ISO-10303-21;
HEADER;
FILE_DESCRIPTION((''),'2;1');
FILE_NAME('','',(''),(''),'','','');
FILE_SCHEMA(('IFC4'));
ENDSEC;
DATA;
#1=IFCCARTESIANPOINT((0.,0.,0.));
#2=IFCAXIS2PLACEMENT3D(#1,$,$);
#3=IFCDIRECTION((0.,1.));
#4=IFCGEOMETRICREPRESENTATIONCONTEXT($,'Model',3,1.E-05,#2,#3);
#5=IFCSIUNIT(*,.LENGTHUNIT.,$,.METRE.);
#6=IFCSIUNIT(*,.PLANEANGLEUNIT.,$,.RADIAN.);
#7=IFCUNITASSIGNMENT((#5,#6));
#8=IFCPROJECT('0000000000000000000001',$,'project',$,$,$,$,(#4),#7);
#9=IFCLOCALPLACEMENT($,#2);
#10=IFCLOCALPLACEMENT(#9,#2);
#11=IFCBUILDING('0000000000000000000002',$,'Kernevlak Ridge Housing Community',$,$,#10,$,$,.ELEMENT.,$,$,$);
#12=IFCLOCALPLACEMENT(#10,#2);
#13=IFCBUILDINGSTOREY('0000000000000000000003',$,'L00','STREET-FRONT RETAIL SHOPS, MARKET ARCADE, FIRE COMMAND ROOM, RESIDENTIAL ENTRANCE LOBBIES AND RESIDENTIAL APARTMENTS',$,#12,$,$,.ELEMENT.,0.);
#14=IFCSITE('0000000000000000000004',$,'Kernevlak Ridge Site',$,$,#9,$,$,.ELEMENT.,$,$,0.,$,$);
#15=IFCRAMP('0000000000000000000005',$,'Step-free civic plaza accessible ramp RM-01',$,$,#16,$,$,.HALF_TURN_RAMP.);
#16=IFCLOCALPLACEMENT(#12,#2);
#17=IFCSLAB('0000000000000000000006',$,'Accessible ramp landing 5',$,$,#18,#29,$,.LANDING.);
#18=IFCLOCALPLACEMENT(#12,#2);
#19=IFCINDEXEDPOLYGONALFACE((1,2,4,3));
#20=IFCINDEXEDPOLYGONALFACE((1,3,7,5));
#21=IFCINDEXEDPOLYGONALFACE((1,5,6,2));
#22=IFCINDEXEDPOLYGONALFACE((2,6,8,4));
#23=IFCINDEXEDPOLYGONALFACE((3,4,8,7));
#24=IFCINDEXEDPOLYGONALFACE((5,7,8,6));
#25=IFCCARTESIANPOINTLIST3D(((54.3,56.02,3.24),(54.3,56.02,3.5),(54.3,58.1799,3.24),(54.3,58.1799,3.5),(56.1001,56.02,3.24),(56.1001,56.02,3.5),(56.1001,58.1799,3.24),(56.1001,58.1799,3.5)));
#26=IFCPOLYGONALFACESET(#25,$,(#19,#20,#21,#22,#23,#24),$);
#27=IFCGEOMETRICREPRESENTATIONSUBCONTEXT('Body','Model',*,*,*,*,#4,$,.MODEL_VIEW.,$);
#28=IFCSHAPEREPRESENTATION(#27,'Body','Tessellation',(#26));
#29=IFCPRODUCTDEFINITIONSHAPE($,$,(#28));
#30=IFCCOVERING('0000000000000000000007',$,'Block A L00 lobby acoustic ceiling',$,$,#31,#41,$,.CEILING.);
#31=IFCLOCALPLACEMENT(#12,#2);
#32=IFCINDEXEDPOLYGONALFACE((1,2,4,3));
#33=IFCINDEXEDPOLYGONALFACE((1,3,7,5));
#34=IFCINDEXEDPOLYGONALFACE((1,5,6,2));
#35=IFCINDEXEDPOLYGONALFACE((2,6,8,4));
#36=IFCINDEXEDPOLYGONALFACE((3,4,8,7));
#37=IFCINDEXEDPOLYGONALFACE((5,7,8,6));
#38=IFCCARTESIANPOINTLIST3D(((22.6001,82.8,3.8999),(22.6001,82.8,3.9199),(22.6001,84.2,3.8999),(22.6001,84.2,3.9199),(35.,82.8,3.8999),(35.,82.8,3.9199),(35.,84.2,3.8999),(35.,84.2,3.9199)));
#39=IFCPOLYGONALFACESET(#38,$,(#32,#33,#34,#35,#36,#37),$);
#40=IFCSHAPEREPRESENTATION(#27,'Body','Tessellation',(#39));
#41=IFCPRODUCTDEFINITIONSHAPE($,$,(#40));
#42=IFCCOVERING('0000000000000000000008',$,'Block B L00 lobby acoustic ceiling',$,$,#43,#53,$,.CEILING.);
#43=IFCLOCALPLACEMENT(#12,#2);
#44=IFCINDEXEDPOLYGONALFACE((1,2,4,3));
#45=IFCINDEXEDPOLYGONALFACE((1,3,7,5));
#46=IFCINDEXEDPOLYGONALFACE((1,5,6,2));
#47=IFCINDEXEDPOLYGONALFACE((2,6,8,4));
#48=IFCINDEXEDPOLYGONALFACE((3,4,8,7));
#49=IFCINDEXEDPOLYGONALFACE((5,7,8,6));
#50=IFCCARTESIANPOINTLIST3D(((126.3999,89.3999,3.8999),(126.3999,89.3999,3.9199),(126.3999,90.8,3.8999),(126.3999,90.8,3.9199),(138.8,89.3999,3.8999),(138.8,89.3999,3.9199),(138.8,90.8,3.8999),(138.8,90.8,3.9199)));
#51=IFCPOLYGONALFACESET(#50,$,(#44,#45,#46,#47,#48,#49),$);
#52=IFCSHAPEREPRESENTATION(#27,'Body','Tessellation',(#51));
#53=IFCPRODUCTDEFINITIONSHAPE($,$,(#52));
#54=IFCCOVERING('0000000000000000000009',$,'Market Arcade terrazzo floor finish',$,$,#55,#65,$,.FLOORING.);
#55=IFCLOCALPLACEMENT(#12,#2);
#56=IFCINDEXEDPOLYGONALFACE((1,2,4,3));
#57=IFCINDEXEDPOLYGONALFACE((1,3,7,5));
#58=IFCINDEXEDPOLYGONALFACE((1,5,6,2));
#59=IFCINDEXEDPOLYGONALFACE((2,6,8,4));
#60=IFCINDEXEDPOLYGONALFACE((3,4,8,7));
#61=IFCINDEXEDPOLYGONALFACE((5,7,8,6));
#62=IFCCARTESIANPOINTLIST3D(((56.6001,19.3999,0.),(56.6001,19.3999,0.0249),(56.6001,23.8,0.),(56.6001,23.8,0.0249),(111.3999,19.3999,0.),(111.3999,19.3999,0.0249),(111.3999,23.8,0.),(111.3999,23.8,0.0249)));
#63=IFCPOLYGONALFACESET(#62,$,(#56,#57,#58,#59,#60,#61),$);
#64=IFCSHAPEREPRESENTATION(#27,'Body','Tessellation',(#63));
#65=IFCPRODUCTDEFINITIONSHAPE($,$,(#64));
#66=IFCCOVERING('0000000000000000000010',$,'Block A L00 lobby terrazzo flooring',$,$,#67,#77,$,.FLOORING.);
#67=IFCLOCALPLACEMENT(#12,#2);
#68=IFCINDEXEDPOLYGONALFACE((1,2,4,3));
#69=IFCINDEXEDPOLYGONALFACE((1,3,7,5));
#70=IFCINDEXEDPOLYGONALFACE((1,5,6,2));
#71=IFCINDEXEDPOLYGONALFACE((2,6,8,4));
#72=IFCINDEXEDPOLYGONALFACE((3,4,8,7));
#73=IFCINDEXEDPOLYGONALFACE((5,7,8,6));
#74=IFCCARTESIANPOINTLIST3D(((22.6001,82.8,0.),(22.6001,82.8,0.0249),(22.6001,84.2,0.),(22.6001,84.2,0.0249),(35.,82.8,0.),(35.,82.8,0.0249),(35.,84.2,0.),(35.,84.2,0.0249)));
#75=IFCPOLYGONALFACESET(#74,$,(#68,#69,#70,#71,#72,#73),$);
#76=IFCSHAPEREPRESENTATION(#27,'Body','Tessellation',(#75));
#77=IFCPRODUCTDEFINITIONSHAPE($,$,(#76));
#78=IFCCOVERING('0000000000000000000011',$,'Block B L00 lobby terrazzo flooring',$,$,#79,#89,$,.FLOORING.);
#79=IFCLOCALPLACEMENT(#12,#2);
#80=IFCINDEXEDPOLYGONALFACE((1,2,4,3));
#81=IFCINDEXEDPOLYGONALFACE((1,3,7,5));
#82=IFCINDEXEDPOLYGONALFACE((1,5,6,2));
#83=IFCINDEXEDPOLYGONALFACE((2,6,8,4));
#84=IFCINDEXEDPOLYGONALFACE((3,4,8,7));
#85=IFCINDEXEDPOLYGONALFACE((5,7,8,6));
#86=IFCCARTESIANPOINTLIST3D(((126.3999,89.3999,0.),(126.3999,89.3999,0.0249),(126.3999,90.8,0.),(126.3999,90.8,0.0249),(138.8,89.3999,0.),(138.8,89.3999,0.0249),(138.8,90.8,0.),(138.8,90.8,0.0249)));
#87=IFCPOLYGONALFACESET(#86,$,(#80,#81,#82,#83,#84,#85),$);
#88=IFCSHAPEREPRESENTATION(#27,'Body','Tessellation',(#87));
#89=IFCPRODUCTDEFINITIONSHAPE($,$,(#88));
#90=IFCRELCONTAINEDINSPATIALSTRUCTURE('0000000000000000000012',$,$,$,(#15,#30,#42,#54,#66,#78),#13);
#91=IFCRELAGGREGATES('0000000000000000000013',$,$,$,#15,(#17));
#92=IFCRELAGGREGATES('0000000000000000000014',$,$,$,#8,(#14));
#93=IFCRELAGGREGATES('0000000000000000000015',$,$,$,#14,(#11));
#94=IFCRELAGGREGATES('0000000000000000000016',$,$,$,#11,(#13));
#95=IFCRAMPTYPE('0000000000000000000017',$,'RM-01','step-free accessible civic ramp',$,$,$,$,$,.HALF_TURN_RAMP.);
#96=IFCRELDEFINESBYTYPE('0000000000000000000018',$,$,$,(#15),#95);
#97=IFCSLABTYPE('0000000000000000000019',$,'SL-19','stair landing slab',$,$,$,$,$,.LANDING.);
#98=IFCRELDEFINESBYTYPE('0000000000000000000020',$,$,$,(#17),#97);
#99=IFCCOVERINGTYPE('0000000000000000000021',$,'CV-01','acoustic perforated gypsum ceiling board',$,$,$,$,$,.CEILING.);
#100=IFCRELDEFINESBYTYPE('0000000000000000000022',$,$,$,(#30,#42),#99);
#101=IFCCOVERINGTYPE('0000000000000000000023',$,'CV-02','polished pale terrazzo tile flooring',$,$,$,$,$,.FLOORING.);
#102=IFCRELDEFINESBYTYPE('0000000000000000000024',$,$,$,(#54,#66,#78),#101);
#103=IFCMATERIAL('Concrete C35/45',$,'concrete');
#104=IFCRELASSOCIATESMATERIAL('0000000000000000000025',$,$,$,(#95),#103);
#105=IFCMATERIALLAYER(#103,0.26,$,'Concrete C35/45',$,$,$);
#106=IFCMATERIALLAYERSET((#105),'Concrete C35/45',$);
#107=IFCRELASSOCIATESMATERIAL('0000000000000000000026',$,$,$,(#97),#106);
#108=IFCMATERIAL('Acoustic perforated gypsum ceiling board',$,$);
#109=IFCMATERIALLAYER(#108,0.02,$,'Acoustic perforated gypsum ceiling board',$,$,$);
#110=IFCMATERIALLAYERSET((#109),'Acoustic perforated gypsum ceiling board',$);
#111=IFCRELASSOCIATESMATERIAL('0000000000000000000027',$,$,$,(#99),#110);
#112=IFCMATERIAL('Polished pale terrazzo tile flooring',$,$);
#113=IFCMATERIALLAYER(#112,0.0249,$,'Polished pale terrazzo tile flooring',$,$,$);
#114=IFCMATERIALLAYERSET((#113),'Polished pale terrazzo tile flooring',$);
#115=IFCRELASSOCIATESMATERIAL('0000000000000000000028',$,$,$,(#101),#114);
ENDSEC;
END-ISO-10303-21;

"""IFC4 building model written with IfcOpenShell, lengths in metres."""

from ifc_helpers import new_model, si_unit, direction, frame, origin, place, context, subcontext, project, spatial, polyline, outline, extrude, material, layer, layer_set, type_object, element, aggregate, save


model = new_model("IFC4")

# Units and contexts
model_context = context("Model", 3, precision=1e-05, world=origin(), true_north=direction((0.0, 1.0)))
body_context = subcontext(model_context, "Body", "Model", "MODEL_VIEW")
ifc_project = project(units=[si_unit("LENGTHUNIT", "METRE"), si_unit("PLANEANGLEUNIT", "RADIAN")], contexts=[model_context])

# Site, building, storey
site_placement = place(None, origin())
site = spatial("IfcSite", under=ifc_project, at=site_placement, Name="Kernevlak Ridge Site", CompositionType="ELEMENT", RefElevation=0.0)
building_placement = place(site_placement, origin())
building = spatial("IfcBuilding", under=site, at=building_placement, Name="Kernevlak Ridge Housing Community", CompositionType="ELEMENT")
storey_placement = place(building_placement, origin())
storey = spatial("IfcBuildingStorey", under=building, at=storey_placement, Name="L00", Description="STREET-FRONT RETAIL SHOPS, MARKET ARCADE, FIRE COMMAND ROOM, RESIDENTIAL ENTRANCE LOBBIES AND RESIDENTIAL APARTMENTS", CompositionType="ELEMENT", Elevation=0.0)

# Shared definitions
ifc_material_1 = material(Name="Concrete C35/45", Category="concrete")

# Ramp, slab
ramp_type = type_object("IfcRampType", Name="RM-01", Description="step-free accessible civic ramp", PredefinedType="HALF_TURN_RAMP", material=ifc_material_1)
ramp_placement = place(storey_placement, origin())
ramp = element("IfcRamp", 1, at=ramp_placement, inside=storey, type_object=ramp_type, Name="Step-free civic plaza accessible ramp RM-01", PredefinedType="HALF_TURN_RAMP")
ifc_layer_1 = layer(ifc_material_1, 0.26, Name="Concrete C35/45")
ifc_layer_set_1 = layer_set([ifc_layer_1], Name="Concrete C35/45")
slab_type_1 = type_object("IfcSlabType", Name="SL-19", Description="stair landing slab", PredefinedType="LANDING", material=ifc_layer_set_1)
slab_1_placement = place(storey_placement, frame((0.0, 0.0, 3.24)))
slab_1 = element("IfcSlab", 2, at=slab_1_placement, type_object=slab_type_1, Name="Accessible ramp landing 5", PredefinedType="LANDING", context=body_context, shape_type="SweptSolid", body=[
    extrude(outline(polyline([(54.3, 56.02), (56.1001, 56.02), (56.1001, 58.1799), (54.3, 58.1799), (54.3, 56.02)])), origin(), (0.0, 0.0, 1.0), 0.26),
])
aggregate(ramp, [slab_1])

# Coverings
ifc_material_2 = material(Name="Acoustic perforated gypsum ceiling board")
ifc_layer_2 = layer(ifc_material_2, 0.02, Name="Acoustic perforated gypsum ceiling board")
ifc_layer_set_2 = layer_set([ifc_layer_2], Name="Acoustic perforated gypsum ceiling board")
covering_type_1 = type_object("IfcCoveringType", Name="CV-01", Description="acoustic perforated gypsum ceiling board", PredefinedType="CEILING", material=ifc_layer_set_2)
covering_1_placement = place(storey_placement, frame((0.0, 0.0, 3.8999)))
element("IfcCovering", 3, at=covering_1_placement, inside=storey, type_object=covering_type_1, Name="Block A L00 lobby acoustic ceiling", PredefinedType="CEILING", context=body_context, shape_type="SweptSolid", body=[
    extrude(outline(polyline([(22.6001, 82.8), (35.0, 82.8), (35.0, 84.2), (22.6001, 84.2), (22.6001, 82.8)])), origin(), (0.0, 0.0, 1.0), 0.02),
])
covering_2_placement = place(storey_placement, frame((0.0, 0.0, 3.8999)))
element("IfcCovering", 4, at=covering_2_placement, inside=storey, type_object=covering_type_1, Name="Block B L00 lobby acoustic ceiling", PredefinedType="CEILING", context=body_context, shape_type="SweptSolid", body=[
    extrude(outline(polyline([(126.3999, 89.3999), (138.8, 89.3999), (138.8, 90.8), (126.3999, 90.8), (126.3999, 89.3999)])), origin(), (0.0, 0.0, 1.0), 0.02),
])
ifc_material_3 = material(Name="Polished pale terrazzo tile flooring")
ifc_layer_3 = layer(ifc_material_3, 0.0249, Name="Polished pale terrazzo tile flooring")
ifc_layer_set_3 = layer_set([ifc_layer_3], Name="Polished pale terrazzo tile flooring")
covering_type_2 = type_object("IfcCoveringType", Name="CV-02", Description="polished pale terrazzo tile flooring", PredefinedType="FLOORING", material=ifc_layer_set_3)
covering_3_placement = place(storey_placement, origin())
element("IfcCovering", 5, at=covering_3_placement, inside=storey, type_object=covering_type_2, Name="Market Arcade terrazzo floor finish", PredefinedType="FLOORING", context=body_context, shape_type="SweptSolid", body=[
    extrude(outline(polyline([(56.6001, 19.3999), (111.3999, 19.3999), (111.3999, 23.8), (56.6001, 23.8), (56.6001, 19.3999)])), origin(), (0.0, 0.0, 1.0), 0.0249),
])
covering_4_placement = place(storey_placement, origin())
element("IfcCovering", 6, at=covering_4_placement, inside=storey, type_object=covering_type_2, Name="Block A L00 lobby terrazzo flooring", PredefinedType="FLOORING", context=body_context, shape_type="SweptSolid", body=[
    extrude(outline(polyline([(22.6001, 82.8), (35.0, 82.8), (35.0, 84.2), (22.6001, 84.2), (22.6001, 82.8)])), origin(), (0.0, 0.0, 1.0), 0.0249),
])
covering_5_placement = place(storey_placement, origin())
element("IfcCovering", 7, at=covering_5_placement, inside=storey, type_object=covering_type_2, Name="Block B L00 lobby terrazzo flooring", PredefinedType="FLOORING", context=body_context, shape_type="SweptSolid", body=[
    extrude(outline(polyline([(126.3999, 89.3999), (138.8, 89.3999), (138.8, 90.8), (126.3999, 90.8), (126.3999, 89.3999)])), origin(), (0.0, 0.0, 1.0), 0.0249),
])

save(model, "model.ifc")
